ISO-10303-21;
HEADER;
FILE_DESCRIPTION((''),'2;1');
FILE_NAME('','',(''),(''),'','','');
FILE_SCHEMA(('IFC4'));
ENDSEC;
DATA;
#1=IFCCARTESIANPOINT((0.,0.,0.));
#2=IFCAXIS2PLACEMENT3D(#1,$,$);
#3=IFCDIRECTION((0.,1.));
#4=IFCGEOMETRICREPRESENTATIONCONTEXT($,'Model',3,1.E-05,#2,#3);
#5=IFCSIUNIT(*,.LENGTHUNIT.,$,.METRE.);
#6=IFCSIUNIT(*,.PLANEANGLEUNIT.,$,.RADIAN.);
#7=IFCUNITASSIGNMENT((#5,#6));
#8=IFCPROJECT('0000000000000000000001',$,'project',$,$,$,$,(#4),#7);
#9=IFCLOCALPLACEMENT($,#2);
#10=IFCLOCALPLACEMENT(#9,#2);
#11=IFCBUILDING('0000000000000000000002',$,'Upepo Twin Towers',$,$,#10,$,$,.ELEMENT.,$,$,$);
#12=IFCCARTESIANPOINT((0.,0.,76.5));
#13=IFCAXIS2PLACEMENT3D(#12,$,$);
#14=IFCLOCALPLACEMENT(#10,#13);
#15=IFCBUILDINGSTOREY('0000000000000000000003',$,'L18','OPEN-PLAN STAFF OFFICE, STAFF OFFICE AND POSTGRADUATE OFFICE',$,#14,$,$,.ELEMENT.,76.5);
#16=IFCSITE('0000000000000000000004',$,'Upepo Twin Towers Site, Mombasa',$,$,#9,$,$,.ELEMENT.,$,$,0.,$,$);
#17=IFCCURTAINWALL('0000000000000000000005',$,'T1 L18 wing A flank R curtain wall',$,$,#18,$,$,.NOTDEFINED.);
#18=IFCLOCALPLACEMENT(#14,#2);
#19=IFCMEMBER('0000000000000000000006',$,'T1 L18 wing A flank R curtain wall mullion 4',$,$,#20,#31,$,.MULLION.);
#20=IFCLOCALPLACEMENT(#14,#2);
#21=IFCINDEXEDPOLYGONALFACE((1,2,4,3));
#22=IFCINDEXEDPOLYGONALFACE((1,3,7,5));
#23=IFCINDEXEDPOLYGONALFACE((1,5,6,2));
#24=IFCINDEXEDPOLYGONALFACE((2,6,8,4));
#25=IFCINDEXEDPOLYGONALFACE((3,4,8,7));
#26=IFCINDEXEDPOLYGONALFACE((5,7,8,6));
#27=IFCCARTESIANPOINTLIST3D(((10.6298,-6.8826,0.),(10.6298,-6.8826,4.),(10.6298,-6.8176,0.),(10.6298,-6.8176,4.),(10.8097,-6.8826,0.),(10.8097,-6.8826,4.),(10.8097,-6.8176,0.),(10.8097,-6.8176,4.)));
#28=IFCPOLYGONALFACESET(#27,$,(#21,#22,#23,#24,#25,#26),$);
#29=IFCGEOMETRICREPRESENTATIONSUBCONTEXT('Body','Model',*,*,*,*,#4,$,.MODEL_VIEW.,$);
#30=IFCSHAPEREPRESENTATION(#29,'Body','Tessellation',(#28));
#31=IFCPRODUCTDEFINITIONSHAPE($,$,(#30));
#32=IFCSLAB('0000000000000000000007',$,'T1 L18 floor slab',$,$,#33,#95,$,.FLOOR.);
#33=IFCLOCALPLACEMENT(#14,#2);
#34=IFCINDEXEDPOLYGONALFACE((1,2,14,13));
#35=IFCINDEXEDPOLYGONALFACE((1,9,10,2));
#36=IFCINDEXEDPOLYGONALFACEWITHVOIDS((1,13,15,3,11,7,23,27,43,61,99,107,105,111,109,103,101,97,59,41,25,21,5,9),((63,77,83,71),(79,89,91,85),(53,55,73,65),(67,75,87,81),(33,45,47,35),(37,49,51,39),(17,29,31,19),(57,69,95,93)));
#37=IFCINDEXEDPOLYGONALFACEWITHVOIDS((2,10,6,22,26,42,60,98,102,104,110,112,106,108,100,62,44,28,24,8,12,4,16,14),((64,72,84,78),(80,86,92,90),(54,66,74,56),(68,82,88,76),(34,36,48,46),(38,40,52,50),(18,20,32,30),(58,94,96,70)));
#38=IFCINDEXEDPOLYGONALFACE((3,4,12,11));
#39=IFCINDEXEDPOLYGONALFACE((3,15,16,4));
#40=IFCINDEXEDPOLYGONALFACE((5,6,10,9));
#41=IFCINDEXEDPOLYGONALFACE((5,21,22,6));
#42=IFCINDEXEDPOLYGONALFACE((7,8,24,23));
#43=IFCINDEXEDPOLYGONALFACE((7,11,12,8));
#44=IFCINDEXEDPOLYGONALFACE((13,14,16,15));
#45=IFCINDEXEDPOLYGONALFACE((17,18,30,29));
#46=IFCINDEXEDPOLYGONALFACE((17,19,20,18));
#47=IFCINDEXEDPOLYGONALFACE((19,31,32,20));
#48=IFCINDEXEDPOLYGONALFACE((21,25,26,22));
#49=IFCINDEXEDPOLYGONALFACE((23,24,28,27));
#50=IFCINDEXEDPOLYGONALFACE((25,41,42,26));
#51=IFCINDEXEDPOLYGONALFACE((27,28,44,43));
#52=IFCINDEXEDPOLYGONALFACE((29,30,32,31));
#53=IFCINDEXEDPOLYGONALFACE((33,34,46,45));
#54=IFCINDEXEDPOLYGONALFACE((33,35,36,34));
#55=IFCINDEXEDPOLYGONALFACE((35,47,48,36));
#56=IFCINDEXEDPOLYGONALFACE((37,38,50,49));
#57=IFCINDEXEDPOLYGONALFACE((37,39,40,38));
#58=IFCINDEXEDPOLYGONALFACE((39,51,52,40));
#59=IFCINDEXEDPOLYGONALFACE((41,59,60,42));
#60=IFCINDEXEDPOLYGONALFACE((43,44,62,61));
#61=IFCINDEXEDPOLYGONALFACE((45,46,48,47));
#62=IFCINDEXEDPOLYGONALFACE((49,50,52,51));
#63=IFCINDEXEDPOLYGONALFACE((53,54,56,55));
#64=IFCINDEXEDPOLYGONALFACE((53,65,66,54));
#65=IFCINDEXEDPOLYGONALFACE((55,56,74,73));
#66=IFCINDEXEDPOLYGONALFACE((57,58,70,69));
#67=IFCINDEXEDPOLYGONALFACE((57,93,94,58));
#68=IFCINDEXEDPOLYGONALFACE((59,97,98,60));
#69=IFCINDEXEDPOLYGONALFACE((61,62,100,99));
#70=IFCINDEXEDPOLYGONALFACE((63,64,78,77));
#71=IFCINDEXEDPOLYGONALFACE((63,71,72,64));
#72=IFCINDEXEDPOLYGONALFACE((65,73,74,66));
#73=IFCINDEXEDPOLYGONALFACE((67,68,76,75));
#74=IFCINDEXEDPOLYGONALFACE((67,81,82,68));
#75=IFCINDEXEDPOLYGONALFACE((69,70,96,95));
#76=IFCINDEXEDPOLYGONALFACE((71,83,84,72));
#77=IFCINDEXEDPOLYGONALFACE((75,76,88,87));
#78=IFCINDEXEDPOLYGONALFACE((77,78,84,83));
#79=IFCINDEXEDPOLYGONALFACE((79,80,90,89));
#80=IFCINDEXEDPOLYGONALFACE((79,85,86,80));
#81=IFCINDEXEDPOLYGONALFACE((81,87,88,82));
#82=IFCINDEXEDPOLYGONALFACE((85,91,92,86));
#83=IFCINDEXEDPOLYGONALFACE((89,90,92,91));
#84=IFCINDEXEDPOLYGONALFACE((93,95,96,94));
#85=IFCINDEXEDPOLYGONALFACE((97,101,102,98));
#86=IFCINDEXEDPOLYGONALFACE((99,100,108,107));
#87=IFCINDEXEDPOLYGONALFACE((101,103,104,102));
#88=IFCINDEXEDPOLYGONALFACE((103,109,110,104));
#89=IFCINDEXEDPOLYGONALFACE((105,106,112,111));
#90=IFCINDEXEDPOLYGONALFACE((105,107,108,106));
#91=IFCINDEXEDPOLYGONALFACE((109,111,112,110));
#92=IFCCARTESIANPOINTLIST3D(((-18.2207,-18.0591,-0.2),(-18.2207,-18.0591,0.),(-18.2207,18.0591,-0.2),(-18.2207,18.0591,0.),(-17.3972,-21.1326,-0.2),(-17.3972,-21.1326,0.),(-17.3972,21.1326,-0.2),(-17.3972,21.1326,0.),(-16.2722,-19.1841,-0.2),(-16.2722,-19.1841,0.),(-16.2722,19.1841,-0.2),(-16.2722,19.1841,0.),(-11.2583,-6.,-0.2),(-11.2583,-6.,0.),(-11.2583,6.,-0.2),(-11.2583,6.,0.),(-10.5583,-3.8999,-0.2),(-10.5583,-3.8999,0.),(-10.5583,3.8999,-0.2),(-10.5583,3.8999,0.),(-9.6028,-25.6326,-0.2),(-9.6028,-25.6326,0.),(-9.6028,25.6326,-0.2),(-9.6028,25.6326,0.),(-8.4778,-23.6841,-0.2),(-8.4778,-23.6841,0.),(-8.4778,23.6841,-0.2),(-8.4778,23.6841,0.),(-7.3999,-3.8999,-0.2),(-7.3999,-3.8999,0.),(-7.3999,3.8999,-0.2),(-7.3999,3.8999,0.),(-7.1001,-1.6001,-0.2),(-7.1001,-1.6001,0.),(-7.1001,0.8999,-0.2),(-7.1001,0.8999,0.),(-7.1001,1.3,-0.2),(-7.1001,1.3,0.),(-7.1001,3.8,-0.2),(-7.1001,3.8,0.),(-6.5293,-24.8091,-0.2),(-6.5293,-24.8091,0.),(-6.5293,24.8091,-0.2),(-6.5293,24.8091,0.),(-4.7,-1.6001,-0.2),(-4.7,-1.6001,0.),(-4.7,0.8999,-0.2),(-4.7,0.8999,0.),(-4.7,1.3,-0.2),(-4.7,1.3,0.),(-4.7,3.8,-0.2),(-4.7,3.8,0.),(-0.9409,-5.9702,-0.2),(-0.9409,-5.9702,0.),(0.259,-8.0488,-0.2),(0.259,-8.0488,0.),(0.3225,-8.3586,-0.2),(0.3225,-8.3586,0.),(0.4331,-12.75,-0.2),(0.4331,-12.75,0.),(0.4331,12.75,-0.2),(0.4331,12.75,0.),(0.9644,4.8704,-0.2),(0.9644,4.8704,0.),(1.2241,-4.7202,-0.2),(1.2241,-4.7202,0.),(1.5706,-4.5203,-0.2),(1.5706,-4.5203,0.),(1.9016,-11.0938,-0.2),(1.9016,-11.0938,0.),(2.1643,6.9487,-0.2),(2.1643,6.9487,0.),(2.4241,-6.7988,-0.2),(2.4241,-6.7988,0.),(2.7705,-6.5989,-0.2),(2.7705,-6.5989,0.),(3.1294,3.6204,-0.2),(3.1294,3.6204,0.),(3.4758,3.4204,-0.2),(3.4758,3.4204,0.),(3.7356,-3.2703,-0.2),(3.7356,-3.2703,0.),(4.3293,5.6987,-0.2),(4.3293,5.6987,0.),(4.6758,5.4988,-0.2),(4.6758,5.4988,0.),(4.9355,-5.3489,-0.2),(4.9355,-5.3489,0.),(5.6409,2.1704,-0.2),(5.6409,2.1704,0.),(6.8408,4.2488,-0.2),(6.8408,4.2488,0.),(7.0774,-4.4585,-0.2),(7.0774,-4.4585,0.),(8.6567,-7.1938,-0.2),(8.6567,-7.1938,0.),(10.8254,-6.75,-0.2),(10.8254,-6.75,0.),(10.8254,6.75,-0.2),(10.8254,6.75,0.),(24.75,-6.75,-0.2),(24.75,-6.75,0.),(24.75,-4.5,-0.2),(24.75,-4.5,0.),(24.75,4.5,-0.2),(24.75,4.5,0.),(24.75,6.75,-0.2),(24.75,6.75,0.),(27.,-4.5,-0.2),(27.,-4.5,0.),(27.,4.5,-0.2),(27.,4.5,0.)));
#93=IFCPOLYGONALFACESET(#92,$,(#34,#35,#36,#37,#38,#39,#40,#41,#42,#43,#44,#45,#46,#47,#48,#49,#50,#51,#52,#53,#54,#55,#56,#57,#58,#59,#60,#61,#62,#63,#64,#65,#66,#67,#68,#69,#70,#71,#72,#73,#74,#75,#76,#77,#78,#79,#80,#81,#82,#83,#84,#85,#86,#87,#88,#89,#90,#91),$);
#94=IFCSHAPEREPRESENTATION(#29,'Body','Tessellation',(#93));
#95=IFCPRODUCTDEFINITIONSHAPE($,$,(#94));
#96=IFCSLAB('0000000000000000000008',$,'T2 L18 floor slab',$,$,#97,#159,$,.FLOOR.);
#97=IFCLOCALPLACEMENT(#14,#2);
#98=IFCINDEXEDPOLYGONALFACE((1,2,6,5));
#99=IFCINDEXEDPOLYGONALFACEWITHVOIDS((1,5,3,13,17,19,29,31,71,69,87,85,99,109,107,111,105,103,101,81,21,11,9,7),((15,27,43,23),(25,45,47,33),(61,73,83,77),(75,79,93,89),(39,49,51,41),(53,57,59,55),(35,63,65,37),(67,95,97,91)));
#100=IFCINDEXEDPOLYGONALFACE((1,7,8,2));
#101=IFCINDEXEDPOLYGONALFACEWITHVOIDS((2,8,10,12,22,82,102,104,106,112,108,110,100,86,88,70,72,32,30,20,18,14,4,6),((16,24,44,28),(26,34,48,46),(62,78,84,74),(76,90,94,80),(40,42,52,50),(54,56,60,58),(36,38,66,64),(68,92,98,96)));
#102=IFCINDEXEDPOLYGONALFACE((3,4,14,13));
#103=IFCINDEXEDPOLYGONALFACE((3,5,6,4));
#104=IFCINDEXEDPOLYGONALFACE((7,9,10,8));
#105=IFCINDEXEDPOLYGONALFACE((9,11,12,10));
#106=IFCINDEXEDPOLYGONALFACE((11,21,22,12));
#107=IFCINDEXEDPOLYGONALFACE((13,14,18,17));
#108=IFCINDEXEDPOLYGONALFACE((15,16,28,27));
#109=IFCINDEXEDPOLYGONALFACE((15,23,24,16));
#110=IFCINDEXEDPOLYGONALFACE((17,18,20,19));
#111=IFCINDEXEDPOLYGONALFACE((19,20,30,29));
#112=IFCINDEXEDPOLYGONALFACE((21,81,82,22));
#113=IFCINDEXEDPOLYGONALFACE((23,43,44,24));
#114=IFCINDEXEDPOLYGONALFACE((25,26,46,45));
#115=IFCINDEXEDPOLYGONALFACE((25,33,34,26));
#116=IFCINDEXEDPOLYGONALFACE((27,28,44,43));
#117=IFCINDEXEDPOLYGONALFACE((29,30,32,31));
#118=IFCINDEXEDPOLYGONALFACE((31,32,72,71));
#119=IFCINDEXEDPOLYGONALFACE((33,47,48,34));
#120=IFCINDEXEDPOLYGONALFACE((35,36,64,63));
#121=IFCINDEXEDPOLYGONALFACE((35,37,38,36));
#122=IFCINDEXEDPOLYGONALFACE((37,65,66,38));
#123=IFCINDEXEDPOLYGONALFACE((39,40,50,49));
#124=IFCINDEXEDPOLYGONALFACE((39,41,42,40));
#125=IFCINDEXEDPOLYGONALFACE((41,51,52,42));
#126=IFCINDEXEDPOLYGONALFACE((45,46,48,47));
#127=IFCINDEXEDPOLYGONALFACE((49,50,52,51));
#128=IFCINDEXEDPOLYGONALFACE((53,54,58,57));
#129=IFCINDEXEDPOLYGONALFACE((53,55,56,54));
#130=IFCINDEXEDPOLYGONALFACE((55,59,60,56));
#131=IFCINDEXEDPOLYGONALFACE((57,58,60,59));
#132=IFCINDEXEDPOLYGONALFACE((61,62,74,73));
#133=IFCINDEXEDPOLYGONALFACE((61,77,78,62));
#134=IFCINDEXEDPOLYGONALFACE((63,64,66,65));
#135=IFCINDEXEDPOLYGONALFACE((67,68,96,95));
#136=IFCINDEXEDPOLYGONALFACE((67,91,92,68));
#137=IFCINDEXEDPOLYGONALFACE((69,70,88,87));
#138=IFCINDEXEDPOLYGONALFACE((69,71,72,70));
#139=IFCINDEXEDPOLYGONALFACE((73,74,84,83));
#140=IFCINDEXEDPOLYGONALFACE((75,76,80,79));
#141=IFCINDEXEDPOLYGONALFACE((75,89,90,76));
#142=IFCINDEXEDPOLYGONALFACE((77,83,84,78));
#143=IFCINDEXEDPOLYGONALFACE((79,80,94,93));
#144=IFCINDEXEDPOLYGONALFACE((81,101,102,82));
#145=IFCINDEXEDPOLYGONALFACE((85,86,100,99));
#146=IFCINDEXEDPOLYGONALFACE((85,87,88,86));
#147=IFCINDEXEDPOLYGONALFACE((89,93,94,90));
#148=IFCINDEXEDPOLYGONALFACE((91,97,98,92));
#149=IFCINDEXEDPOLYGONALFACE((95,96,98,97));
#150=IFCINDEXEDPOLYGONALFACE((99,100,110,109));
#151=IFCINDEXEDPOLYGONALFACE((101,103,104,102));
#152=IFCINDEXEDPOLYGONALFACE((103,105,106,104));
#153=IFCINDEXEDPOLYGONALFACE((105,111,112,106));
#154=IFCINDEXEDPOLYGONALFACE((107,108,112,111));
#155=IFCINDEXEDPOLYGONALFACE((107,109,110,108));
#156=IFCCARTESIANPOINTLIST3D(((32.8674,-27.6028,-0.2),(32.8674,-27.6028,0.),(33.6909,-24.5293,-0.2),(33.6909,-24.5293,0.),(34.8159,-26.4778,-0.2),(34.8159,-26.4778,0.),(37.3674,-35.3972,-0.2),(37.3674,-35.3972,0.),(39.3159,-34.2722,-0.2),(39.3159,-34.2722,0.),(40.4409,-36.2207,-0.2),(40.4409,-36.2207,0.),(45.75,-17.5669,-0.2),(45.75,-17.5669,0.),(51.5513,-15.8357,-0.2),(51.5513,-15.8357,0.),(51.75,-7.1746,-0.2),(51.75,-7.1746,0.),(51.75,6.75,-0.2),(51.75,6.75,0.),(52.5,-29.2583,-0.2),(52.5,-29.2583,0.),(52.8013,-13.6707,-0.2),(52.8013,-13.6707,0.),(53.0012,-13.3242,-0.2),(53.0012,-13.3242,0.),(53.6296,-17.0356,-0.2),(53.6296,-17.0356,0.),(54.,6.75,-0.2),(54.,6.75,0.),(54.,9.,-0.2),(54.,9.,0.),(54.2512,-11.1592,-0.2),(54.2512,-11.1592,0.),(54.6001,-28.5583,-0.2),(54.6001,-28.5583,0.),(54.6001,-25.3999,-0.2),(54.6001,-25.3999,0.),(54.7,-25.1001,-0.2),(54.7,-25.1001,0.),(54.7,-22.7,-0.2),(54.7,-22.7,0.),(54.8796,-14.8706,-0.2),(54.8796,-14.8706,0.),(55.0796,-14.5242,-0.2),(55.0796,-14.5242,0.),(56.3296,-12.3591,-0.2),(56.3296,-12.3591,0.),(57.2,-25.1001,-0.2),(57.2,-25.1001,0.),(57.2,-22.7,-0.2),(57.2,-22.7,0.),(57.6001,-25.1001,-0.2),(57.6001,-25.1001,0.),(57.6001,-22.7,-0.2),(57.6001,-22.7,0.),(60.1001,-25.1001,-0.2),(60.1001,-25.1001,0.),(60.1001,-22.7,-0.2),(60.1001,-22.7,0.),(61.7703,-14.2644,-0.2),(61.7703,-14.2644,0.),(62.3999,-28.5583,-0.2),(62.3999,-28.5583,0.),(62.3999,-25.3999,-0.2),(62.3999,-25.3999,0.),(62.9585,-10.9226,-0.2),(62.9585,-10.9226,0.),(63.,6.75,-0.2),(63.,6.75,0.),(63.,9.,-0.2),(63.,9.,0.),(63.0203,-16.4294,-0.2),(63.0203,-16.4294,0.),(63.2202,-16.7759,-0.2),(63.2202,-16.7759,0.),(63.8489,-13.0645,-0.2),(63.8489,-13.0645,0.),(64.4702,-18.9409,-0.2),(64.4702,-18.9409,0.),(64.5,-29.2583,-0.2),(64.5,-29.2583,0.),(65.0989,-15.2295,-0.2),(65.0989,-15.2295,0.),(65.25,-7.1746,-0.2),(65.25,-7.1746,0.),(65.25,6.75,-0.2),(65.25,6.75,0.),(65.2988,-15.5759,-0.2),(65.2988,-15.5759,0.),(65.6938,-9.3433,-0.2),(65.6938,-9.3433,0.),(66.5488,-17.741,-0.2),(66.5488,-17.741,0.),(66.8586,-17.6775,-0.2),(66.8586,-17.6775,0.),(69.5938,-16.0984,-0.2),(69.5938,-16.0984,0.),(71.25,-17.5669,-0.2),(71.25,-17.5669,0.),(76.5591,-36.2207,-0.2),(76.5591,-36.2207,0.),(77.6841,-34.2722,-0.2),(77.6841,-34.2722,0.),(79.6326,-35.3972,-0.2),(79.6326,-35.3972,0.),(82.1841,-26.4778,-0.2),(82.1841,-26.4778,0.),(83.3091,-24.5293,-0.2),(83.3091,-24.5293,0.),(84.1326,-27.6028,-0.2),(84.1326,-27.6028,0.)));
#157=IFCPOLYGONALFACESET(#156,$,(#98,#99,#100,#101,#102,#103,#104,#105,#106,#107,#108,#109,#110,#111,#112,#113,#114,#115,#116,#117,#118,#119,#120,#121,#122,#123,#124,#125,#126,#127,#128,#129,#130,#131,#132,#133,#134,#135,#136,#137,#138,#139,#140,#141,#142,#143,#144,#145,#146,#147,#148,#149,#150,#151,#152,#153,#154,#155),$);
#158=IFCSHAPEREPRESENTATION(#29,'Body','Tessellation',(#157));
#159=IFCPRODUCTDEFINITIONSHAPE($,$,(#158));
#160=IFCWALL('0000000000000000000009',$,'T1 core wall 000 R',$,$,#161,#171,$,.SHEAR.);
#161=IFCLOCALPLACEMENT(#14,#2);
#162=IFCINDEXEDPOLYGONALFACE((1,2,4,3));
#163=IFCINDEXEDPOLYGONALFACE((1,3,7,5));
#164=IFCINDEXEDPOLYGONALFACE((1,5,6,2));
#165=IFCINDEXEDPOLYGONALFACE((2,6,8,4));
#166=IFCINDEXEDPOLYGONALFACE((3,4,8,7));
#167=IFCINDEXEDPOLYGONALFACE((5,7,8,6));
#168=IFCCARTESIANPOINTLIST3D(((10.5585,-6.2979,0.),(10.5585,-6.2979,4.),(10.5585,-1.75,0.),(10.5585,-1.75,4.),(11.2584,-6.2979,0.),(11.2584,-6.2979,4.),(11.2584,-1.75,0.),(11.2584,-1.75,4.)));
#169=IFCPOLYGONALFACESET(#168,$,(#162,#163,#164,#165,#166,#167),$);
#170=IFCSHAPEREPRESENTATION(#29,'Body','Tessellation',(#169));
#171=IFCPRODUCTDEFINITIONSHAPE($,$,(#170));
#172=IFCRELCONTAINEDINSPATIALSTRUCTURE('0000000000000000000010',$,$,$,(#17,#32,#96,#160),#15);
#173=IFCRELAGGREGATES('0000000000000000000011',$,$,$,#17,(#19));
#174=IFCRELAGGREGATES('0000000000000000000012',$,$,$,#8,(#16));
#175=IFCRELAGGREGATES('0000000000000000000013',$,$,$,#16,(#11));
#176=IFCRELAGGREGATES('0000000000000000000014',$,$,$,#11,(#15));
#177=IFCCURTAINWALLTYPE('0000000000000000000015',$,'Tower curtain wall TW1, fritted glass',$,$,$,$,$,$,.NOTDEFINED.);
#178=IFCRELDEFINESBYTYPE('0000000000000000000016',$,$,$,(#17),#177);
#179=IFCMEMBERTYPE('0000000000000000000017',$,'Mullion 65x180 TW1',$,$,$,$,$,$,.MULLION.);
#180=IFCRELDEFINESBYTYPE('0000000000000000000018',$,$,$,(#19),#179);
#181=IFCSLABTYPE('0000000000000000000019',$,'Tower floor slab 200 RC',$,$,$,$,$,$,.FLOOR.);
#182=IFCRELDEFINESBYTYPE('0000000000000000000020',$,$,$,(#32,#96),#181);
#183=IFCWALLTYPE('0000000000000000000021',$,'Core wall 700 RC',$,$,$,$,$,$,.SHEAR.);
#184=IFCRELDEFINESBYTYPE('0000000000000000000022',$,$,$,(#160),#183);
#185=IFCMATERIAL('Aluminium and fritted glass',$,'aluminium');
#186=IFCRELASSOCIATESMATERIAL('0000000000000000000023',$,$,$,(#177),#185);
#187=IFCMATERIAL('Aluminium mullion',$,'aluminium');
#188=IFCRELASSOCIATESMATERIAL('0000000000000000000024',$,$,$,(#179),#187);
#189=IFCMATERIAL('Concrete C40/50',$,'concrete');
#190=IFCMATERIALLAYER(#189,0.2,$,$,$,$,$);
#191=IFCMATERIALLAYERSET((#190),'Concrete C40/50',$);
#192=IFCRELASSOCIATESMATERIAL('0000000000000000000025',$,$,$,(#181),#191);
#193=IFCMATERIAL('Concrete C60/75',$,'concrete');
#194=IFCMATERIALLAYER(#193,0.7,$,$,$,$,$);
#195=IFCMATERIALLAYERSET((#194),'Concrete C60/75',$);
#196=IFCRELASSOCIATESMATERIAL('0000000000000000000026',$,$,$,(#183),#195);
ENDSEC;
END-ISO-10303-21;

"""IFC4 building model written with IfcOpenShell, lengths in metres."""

from ifc_helpers import new_model, si_unit, direction, frame, frame_2d, origin, origin_2d, place, context, subcontext, project, spatial, polyline, rectangle, outline, extrude, material, layer, layer_set, material_profile, profile_set, type_object, element, aggregate, save


model = new_model("IFC4")

# Units and contexts
model_context = context("Model", 3, precision=1e-05, world=origin(), true_north=direction((0.0, 1.0)))
body_context = subcontext(model_context, "Body", "Model", "MODEL_VIEW")
ifc_project = project(units=[si_unit("LENGTHUNIT", "METRE"), si_unit("PLANEANGLEUNIT", "RADIAN")], contexts=[model_context])

# Site, building, storey
site_placement = place(None, origin())
site = spatial("IfcSite", under=ifc_project, at=site_placement, Name="Upepo Twin Towers Site, Mombasa", CompositionType="ELEMENT", RefElevation=0.0)
building_placement = place(site_placement, origin())
building = spatial("IfcBuilding", under=site, at=building_placement, Name="Upepo Twin Towers", CompositionType="ELEMENT")
storey_placement = place(building_placement, frame((0.0, 0.0, 76.5)))
storey = spatial("IfcBuildingStorey", under=building, at=storey_placement, Name="L18", Description="OPEN-PLAN STAFF OFFICE, STAFF OFFICE AND POSTGRADUATE OFFICE", CompositionType="ELEMENT", Elevation=76.5)

# Curtain wall, member
ifc_material_1 = material(Name="Aluminium and fritted glass", Category="aluminium")
curtain_wall_type = type_object("IfcCurtainWallType", Name="Tower curtain wall TW1, fritted glass", PredefinedType="NOTDEFINED", material=ifc_material_1)
curtain_wall_placement = place(storey_placement, origin())
curtain_wall = element("IfcCurtainWall", 1, at=curtain_wall_placement, inside=storey, type_object=curtain_wall_type, Name="T1 L18 wing A flank R curtain wall", PredefinedType="NOTDEFINED")
ifc_material_2 = material(Name="Aluminium mullion", Category="aluminium")
ifc_material_profile = material_profile(ifc_material_2, rectangle(XDim=0.0649, YDim=0.1799, at=origin_2d()), Name="MULLION 65x180")
ifc_profile_set = profile_set([ifc_material_profile], Name="Aluminium mullion")
member_type = type_object("IfcMemberType", Name="Mullion 65x180 TW1", PredefinedType="MULLION", material=ifc_profile_set)
member_placement = place(storey_placement, frame((10.7197, -6.8501, 0.0), z_axis=(0.0, 0.0, 1.0), x_axis=(0.0, -1.0, 0.0)))
member = element("IfcMember", 2, at=member_placement, type_object=member_type, Name="T1 L18 wing A flank R curtain wall mullion 4", PredefinedType="MULLION", context=body_context, shape_type="SweptSolid", body=[
    extrude(rectangle(XDim=0.0649, YDim=0.1799, at=origin_2d()), origin(), (0.0, 0.0, 1.0), 4.0),
])
aggregate(curtain_wall, [member])

# Slabs
ifc_material_3 = material(Name="Concrete C40/50", Category="concrete")
ifc_layer_1 = layer(ifc_material_3, 0.2)
ifc_layer_set_1 = layer_set([ifc_layer_1], Name="Concrete C40/50")
slab_type = type_object("IfcSlabType", Name="Tower floor slab 200 RC", PredefinedType="FLOOR", material=ifc_layer_set_1)
slab_1_placement = place(storey_placement, frame((0.0, 0.0, -0.2)))
element("IfcSlab", 3, at=slab_1_placement, inside=storey, type_object=slab_type, Name="T1 L18 floor slab", PredefinedType="FLOOR", context=body_context, shape_type="SweptSolid", body=[
    extrude(outline(polyline([(-8.4778, -23.6841), (-9.6028, -25.6326), (-17.3972, -21.1326), (-16.2722, -19.1841), (-18.2207, -18.0591), (-11.2583, -6.0), (-11.2583, 6.0), (-18.2207, 18.0591), (-16.2722, 19.1841), (-17.3972, 21.1326), (-9.6028, 25.6326), (-8.4778, 23.6841), (-6.5293, 24.8091), (0.4331, 12.75), (10.8254, 6.75), (24.75, 6.75), (24.75, 4.5), (27.0, 4.5), (27.0, -4.5), (24.75, -4.5), (24.75, -6.75), (10.8254, -6.75), (0.4331, -12.75), (-6.5293, -24.8091), (-8.4778, -23.6841)]), holes=[polyline([(5.6409, 2.1704), (6.8408, 4.2488), (4.6758, 5.4988), (3.4758, 3.4204), (5.6409, 2.1704)]), polyline([(3.1294, 3.6204), (4.3293, 5.6987), (2.1643, 6.9487), (0.9644, 4.8704), (3.1294, 3.6204)]), polyline([(-4.7, 3.8), (-7.1001, 3.8), (-7.1001, 1.3), (-4.7, 1.3), (-4.7, 3.8)]), polyline([(-4.7, 0.8999), (-7.1001, 0.8999), (-7.1001, -1.6001), (-4.7, -1.6001), (-4.7, 0.8999)]), polyline([(-7.3999, 3.8999), (-10.5583, 3.8999), (-10.5583, -3.8999), (-7.3999, -3.8999), (-7.3999, 3.8999)]), polyline([(-0.9409, -5.9702), (0.259, -8.0488), (2.4241, -6.7988), (1.2241, -4.7202), (-0.9409, -5.9702)]), polyline([(1.5706, -4.5203), (2.7705, -6.5989), (4.9355, -5.3489), (3.7356, -3.2703), (1.5706, -4.5203)]), polyline([(0.3225, -8.3586), (1.9016, -11.0938), (8.6567, -7.1938), (7.0774, -4.4585), (0.3225, -8.3586)])]), origin(), (0.0, 0.0, 1.0), 0.2),
])
slab_2_placement = place(storey_placement, frame((0.0, 0.0, -0.2)))
element("IfcSlab", 4, at=slab_2_placement, inside=storey, type_object=slab_type, Name="T2 L18 floor slab", PredefinedType="FLOOR", context=body_context, shape_type="SweptSolid", body=[
    extrude(outline(polyline([(82.1841, -26.4778), (84.1326, -27.6028), (79.6326, -35.3972), (77.6841, -34.2722), (76.5591, -36.2207), (64.5, -29.2583), (52.5, -29.2583), (40.4409, -36.2207), (39.3159, -34.2722), (37.3674, -35.3972), (32.8674, -27.6028), (34.8159, -26.4778), (33.6909, -24.5293), (45.75, -17.5669), (51.75, -7.1746), (51.75, 6.75), (54.0, 6.75), (54.0, 9.0), (63.0, 9.0), (63.0, 6.75), (65.25, 6.75), (65.25, -7.1746), (71.25, -17.5669), (83.3091, -24.5293), (82.1841, -26.4778)]), holes=[polyline([(56.3296, -12.3591), (54.2512, -11.1592), (53.0012, -13.3242), (55.0796, -14.5242), (56.3296, -12.3591)]), polyline([(54.8796, -14.8706), (52.8013, -13.6707), (51.5513, -15.8357), (53.6296, -17.0356), (54.8796, -14.8706)]), polyline([(54.7, -22.7), (54.7, -25.1001), (57.2, -25.1001), (57.2, -22.7), (54.7, -22.7)]), polyline([(57.6001, -22.7), (57.6001, -25.1001), (60.1001, -25.1001), (60.1001, -22.7), (57.6001, -22.7)]), polyline([(54.6001, -25.3999), (54.6001, -28.5583), (62.3999, -28.5583), (62.3999, -25.3999), (54.6001, -25.3999)]), polyline([(64.4702, -18.9409), (66.5488, -17.741), (65.2988, -15.5759), (63.2202, -16.7759), (64.4702, -18.9409)]), polyline([(63.0203, -16.4294), (65.0989, -15.2295), (63.8489, -13.0645), (61.7703, -14.2644), (63.0203, -16.4294)]), polyline([(66.8586, -17.6775), (69.5938, -16.0984), (65.6938, -9.3433), (62.9585, -10.9226), (66.8586, -17.6775)])]), origin(), (0.0, 0.0, 1.0), 0.2),
])

# Wall
ifc_material_4 = material(Name="Concrete C60/75", Category="concrete")
ifc_layer_2 = layer(ifc_material_4, 0.7)
ifc_layer_set_2 = layer_set([ifc_layer_2], Name="Concrete C60/75")
wall_type_1 = type_object("IfcWallType", Name="Core wall 700 RC", PredefinedType="SHEAR", material=ifc_layer_set_2)
wall_1_placement = place(storey_placement, frame((10.9084, -6.2979, 0.0), z_axis=(0.0, 0.0, 1.0), x_axis=(0.0, 1.0, 0.0)))
element("IfcWall", 5, at=wall_1_placement, inside=storey, type_object=wall_type_1, Name="T1 core wall 000 R", PredefinedType="SHEAR", context=body_context, shape_type="SweptSolid", body=[
    extrude(rectangle(XDim=4.5479, YDim=0.7, at=frame_2d((2.2739, 0.0))), origin(), (0.0, 0.0, 1.0), 4.0),
])

save(model, "model.ifc")
